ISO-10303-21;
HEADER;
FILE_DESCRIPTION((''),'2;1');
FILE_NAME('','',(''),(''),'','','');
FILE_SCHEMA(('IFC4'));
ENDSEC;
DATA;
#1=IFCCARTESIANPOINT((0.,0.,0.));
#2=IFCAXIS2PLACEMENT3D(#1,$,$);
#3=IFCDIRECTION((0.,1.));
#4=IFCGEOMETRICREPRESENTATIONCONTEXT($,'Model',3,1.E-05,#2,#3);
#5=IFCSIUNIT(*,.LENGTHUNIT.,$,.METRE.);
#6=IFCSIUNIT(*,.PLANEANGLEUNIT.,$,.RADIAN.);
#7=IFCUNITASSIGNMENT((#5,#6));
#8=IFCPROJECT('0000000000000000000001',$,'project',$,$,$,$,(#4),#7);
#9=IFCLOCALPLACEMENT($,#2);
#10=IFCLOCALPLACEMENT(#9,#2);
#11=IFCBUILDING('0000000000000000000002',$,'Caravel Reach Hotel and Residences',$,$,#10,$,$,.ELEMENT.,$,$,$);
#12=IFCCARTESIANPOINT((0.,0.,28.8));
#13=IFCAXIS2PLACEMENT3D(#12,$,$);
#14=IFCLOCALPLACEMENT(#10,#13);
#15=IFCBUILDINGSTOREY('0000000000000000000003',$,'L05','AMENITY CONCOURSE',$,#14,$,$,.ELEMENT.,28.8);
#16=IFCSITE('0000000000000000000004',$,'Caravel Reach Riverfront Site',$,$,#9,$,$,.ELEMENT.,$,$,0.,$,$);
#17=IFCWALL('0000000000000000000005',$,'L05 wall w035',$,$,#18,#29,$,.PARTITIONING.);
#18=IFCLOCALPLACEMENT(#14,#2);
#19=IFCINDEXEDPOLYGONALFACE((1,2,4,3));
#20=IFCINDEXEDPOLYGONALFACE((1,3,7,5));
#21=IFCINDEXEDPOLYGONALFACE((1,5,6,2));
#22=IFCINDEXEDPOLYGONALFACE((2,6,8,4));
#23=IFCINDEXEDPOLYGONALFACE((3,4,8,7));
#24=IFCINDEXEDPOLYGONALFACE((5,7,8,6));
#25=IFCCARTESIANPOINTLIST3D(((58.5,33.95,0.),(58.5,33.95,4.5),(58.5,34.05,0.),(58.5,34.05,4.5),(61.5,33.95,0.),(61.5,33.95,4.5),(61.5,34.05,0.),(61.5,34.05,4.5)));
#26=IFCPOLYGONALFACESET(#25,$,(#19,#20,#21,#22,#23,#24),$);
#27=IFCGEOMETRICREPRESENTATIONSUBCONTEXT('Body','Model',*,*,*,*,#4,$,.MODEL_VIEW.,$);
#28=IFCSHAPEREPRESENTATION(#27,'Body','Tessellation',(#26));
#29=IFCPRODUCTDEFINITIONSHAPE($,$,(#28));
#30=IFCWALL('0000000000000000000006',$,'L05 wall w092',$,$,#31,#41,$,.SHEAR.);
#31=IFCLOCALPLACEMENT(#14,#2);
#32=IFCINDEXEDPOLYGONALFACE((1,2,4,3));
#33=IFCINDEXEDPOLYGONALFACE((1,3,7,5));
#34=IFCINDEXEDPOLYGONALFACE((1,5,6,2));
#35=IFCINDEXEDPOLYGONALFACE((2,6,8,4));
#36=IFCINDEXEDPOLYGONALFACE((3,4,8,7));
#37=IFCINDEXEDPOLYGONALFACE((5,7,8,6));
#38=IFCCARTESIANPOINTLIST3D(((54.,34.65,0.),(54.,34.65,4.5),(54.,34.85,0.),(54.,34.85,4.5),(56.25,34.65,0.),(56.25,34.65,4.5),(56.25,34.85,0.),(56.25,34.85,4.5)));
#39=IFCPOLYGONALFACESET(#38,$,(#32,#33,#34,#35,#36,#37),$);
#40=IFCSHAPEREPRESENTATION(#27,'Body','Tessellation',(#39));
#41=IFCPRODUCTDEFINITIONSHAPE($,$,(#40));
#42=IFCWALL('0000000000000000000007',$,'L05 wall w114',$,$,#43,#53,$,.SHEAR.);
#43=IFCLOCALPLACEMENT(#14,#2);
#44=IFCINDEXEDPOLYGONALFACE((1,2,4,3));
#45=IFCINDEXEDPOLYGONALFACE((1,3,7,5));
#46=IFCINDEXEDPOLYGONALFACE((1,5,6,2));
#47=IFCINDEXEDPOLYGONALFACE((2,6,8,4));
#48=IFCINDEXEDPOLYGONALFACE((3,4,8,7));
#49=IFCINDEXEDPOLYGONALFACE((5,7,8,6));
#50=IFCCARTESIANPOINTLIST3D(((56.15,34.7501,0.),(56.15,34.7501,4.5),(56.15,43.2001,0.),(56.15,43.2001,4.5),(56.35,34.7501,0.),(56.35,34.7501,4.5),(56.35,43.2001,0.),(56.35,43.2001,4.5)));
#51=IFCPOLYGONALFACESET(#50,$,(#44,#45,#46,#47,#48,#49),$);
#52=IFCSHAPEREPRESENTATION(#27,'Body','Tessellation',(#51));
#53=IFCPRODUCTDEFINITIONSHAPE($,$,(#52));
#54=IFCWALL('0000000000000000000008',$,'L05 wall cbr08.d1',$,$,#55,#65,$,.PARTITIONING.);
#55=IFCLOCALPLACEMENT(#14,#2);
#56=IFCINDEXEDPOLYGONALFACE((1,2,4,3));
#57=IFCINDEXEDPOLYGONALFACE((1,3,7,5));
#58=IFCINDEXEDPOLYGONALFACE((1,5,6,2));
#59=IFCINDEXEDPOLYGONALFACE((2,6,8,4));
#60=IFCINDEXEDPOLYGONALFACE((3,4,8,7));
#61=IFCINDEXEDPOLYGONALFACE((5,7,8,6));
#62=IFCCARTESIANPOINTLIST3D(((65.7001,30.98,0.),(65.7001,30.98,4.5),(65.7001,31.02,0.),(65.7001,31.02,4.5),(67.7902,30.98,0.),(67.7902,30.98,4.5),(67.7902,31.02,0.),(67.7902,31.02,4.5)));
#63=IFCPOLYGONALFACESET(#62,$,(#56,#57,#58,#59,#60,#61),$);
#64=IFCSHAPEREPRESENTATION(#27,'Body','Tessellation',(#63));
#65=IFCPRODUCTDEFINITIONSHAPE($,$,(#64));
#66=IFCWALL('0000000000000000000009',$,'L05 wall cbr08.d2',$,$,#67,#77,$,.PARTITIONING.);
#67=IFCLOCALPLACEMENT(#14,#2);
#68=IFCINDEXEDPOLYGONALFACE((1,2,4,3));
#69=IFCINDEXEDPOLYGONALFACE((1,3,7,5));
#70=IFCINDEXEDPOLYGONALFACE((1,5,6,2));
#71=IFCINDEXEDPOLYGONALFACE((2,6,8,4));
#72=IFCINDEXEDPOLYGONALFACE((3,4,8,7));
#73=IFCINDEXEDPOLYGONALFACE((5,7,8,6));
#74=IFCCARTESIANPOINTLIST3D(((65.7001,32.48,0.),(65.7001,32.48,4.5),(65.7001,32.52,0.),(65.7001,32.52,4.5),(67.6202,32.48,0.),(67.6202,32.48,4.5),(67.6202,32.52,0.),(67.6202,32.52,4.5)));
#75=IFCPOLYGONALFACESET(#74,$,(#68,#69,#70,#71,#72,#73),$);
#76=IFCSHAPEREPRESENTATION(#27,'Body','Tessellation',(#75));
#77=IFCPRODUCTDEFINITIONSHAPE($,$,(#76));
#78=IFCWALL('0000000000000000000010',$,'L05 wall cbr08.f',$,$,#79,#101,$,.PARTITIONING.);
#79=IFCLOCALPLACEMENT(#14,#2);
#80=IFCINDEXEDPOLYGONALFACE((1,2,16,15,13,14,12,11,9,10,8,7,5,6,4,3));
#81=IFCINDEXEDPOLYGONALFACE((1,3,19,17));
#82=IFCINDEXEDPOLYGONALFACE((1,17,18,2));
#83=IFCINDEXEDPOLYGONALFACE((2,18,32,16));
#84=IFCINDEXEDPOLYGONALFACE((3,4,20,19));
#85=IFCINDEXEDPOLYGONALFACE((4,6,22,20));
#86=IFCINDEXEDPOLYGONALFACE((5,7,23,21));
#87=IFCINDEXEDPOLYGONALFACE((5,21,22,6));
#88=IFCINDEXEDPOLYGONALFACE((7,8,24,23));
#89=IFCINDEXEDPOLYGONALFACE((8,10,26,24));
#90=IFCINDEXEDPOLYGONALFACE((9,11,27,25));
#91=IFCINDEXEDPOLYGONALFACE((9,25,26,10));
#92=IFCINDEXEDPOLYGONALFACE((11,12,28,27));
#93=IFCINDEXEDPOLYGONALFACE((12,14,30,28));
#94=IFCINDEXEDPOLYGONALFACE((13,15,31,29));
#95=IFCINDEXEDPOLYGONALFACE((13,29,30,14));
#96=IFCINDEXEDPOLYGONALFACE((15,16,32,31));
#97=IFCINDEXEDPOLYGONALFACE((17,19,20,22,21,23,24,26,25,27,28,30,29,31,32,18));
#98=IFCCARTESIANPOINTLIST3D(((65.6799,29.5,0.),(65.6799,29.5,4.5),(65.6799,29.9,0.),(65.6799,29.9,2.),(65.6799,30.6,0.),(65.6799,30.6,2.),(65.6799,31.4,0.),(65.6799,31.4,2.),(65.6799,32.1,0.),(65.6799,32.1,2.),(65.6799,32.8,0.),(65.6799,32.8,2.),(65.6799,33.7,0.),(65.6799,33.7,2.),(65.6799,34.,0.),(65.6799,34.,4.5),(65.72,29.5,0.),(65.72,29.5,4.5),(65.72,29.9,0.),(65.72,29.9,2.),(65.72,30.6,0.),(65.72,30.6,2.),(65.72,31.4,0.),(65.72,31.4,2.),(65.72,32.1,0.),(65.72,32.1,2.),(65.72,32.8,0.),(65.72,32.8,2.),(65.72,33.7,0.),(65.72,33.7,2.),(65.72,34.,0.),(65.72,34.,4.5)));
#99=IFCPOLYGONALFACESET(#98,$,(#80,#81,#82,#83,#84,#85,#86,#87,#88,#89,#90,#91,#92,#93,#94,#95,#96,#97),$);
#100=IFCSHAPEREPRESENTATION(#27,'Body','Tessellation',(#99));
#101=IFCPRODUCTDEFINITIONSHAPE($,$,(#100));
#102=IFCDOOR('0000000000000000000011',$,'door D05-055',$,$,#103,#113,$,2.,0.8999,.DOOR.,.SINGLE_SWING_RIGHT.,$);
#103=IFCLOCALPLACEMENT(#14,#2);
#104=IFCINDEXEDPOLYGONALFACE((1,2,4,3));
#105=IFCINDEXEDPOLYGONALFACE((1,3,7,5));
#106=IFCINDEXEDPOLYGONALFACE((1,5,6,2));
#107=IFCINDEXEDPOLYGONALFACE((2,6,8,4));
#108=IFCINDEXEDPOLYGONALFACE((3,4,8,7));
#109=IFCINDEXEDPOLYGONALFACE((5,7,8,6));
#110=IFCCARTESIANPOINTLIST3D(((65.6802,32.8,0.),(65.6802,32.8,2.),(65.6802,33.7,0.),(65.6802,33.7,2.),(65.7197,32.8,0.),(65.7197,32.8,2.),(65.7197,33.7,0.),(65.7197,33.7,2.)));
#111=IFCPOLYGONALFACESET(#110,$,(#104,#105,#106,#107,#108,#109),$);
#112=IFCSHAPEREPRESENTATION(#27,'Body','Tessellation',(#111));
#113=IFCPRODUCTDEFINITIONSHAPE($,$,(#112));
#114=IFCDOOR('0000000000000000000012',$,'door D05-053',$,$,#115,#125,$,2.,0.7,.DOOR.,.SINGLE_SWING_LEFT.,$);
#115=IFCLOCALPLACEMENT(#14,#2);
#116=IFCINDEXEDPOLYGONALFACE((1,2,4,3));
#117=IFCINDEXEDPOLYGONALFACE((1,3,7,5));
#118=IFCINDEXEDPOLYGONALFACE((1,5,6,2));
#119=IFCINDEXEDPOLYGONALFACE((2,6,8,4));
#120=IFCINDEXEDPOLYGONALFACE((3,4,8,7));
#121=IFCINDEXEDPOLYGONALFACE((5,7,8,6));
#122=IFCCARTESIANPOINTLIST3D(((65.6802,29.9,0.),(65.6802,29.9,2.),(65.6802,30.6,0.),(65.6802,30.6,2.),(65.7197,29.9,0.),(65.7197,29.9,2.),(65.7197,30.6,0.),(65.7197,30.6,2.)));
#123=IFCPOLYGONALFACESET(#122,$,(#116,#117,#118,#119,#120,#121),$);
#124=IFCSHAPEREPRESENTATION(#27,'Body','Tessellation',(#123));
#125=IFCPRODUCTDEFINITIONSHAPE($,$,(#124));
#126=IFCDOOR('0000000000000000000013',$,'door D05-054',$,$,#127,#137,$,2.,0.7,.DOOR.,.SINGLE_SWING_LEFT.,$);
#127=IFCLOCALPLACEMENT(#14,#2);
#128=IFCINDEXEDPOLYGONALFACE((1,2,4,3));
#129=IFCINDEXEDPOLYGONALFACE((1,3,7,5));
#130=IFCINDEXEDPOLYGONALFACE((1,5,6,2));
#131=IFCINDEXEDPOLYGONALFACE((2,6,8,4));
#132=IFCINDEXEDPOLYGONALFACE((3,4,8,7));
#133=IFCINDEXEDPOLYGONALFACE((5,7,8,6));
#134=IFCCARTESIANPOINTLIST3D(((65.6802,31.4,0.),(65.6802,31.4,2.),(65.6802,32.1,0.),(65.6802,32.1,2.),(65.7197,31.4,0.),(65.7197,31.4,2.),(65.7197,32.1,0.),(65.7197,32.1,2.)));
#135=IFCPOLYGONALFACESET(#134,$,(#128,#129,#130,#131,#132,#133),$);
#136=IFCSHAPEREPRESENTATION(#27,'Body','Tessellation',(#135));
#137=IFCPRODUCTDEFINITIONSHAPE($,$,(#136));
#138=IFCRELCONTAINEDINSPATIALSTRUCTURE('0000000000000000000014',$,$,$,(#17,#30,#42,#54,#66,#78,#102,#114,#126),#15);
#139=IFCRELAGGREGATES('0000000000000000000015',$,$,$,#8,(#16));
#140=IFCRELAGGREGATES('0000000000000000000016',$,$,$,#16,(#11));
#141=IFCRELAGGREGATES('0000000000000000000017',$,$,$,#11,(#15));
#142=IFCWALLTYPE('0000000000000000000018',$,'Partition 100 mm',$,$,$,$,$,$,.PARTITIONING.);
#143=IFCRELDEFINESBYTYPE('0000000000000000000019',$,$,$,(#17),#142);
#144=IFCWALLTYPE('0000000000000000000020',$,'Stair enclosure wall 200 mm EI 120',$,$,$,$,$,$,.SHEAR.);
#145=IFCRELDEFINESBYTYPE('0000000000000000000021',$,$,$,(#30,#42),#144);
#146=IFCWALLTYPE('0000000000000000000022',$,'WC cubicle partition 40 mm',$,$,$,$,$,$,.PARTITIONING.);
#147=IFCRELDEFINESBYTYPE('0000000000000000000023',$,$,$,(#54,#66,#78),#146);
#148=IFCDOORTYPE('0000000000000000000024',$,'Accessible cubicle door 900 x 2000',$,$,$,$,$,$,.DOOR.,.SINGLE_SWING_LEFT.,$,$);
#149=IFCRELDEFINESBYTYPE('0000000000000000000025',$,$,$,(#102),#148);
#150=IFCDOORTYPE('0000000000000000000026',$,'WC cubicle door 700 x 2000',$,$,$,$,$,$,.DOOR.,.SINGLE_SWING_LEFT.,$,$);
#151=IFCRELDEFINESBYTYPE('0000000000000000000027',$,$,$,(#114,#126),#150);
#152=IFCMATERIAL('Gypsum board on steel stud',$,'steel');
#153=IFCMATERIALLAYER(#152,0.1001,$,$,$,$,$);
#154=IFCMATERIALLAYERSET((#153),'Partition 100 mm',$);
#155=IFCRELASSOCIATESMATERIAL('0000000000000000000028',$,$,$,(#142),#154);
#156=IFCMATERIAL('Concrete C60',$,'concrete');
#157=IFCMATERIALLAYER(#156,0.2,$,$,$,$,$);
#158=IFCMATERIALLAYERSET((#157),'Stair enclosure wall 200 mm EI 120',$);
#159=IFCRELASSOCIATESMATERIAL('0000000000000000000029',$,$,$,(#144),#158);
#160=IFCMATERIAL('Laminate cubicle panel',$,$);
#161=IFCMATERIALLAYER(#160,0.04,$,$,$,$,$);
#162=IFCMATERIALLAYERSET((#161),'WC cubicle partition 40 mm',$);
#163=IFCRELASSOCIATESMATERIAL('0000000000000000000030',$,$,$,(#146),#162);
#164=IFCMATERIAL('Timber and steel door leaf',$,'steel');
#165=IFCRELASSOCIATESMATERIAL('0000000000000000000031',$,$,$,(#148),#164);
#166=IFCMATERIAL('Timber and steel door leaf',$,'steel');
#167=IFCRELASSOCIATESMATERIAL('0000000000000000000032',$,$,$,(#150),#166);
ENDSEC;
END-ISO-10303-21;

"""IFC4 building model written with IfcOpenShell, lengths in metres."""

from ifc_helpers import new_model, si_unit, direction, frame, frame_2d, origin, place, context, subcontext, project, spatial, rectangle, extrude, material, layer, layer_set, type_object, element, fill, save


model = new_model("IFC4")

# Units and contexts
model_context = context("Model", 3, precision=1e-05, world=origin(), true_north=direction((0.0, 1.0)))
body_context = subcontext(model_context, "Body", "Model", "MODEL_VIEW")
ifc_project = project(units=[si_unit("LENGTHUNIT", "METRE"), si_unit("PLANEANGLEUNIT", "RADIAN")], contexts=[model_context])

# Site, building, storey
site_placement = place(None, origin())
site = spatial("IfcSite", under=ifc_project, at=site_placement, Name="Caravel Reach Riverfront Site", CompositionType="ELEMENT", RefElevation=0.0)
building_placement = place(site_placement, origin())
building = spatial("IfcBuilding", under=site, at=building_placement, Name="Caravel Reach Hotel and Residences", CompositionType="ELEMENT")
storey_placement = place(building_placement, frame((0.0, 0.0, 28.8)))
storey = spatial("IfcBuildingStorey", under=building, at=storey_placement, Name="L05", Description="AMENITY CONCOURSE", CompositionType="ELEMENT", Elevation=28.8)

# Walls
ifc_material_1 = material(Name="Gypsum board on steel stud", Category="steel")
ifc_layer_1 = layer(ifc_material_1, 0.1001)
ifc_layer_set_1 = layer_set([ifc_layer_1], Name="Partition 100 mm")
wall_type_1 = type_object("IfcWallType", Name="Partition 100 mm", PredefinedType="PARTITIONING", material=ifc_layer_set_1)
wall_1_placement = place(storey_placement, frame((58.5, 34.0, 0.0), z_axis=(0.0, 0.0, 1.0), x_axis=(1.0, 0.0, 0.0)))
element("IfcWall", 1, at=wall_1_placement, inside=storey, type_object=wall_type_1, Name="L05 wall w035", PredefinedType="PARTITIONING", context=body_context, shape_type="SweptSolid", body=[
    extrude(rectangle(XDim=3.0, YDim=0.1001, at=frame_2d((1.5, 0.0))), origin(), (0.0, 0.0, 1.0), 4.5),
])
ifc_material_2 = material(Name="Concrete C60", Category="concrete")
ifc_layer_2 = layer(ifc_material_2, 0.2)
ifc_layer_set_2 = layer_set([ifc_layer_2], Name="Stair enclosure wall 200 mm EI 120")
wall_type_2 = type_object("IfcWallType", Name="Stair enclosure wall 200 mm EI 120", PredefinedType="SHEAR", material=ifc_layer_set_2)
wall_2_placement = place(storey_placement, frame((54.0, 34.75, 0.0), z_axis=(0.0, 0.0, 1.0), x_axis=(1.0, 0.0, 0.0)))
element("IfcWall", 2, at=wall_2_placement, inside=storey, type_object=wall_type_2, Name="L05 wall w092", PredefinedType="SHEAR", context=body_context, shape_type="SweptSolid", body=[
    extrude(rectangle(XDim=2.25, YDim=0.2, at=frame_2d((1.125, 0.0))), origin(), (0.0, 0.0, 1.0), 4.5),
])
wall_3_placement = place(storey_placement, frame((56.25, 34.75, 0.0), z_axis=(0.0, 0.0, 1.0), x_axis=(0.0, 1.0, 0.0)))
element("IfcWall", 3, at=wall_3_placement, inside=storey, type_object=wall_type_2, Name="L05 wall w114", PredefinedType="SHEAR", context=body_context, shape_type="SweptSolid", body=[
    extrude(rectangle(XDim=8.45, YDim=0.2, at=frame_2d((4.2251, 0.0))), origin(), (0.0, 0.0, 1.0), 4.5),
])
ifc_material_3 = material(Name="Laminate cubicle panel")
ifc_layer_3 = layer(ifc_material_3, 0.04)
ifc_layer_set_3 = layer_set([ifc_layer_3], Name="WC cubicle partition 40 mm")
wall_type_3 = type_object("IfcWallType", Name="WC cubicle partition 40 mm", PredefinedType="PARTITIONING", material=ifc_layer_set_3)
wall_4_placement = place(storey_placement, frame((67.79, 31.0, 0.0), z_axis=(0.0, 0.0, 1.0), x_axis=(-1.0, 0.0, 0.0)))
element("IfcWall", 4, at=wall_4_placement, inside=storey, type_object=wall_type_3, Name="L05 wall cbr08.d1", PredefinedType="PARTITIONING", context=body_context, shape_type="SweptSolid", body=[
    extrude(rectangle(XDim=2.0901, YDim=0.04, at=frame_2d((1.0449, 0.0))), origin(), (0.0, 0.0, 1.0), 4.5),
])
wall_5_placement = place(storey_placement, frame((67.6201, 32.5, 0.0), z_axis=(0.0, 0.0, 1.0), x_axis=(-1.0, 0.0, 0.0)))
element("IfcWall", 5, at=wall_5_placement, inside=storey, type_object=wall_type_3, Name="L05 wall cbr08.d2", PredefinedType="PARTITIONING", context=body_context, shape_type="SweptSolid", body=[
    extrude(rectangle(XDim=1.9202, YDim=0.04, at=frame_2d((0.96, 0.0))), origin(), (0.0, 0.0, 1.0), 4.5),
])

# Wall, openings, doors
wall_6_placement = place(storey_placement, frame((65.7, 29.5, 0.0), z_axis=(0.0, 0.0, 1.0), x_axis=(0.0, 1.0, 0.0)))
wall_6 = element("IfcWall", 6, at=wall_6_placement, inside=storey, type_object=wall_type_3, Name="L05 wall cbr08.f", PredefinedType="PARTITIONING", context=body_context, shape_type="SweptSolid", body=[
    extrude(rectangle(XDim=4.5, YDim=0.04, at=frame_2d((2.25, 0.0))), origin(), (0.0, 0.0, 1.0), 4.5),
])
opening_1_placement = place(wall_6_placement, frame((0.3999, 0.0, 0.0)))
opening_1 = element("IfcOpeningElement", 7, at=opening_1_placement, cuts=wall_6, PredefinedType="OPENING", context=body_context, shape_type="SweptSolid", body=[
    extrude(rectangle(XDim=0.7, YDim=2.0, at=frame_2d((0.3501, 1.0))), frame((0.0, 0.03, 0.0), z_axis=(0.0, -1.0, 0.0), x_axis=(1.0, 0.0, 0.0)), (0.0, 0.0, 1.0), 0.0601),
])
opening_2_placement = place(wall_6_placement, frame((1.8999, 0.0, 0.0)))
opening_2 = element("IfcOpeningElement", 8, at=opening_2_placement, cuts=wall_6, PredefinedType="OPENING", context=body_context, shape_type="SweptSolid", body=[
    extrude(rectangle(XDim=0.7, YDim=2.0, at=frame_2d((0.3501, 1.0))), frame((0.0, 0.03, 0.0), z_axis=(0.0, -1.0, 0.0), x_axis=(1.0, 0.0, 0.0)), (0.0, 0.0, 1.0), 0.0601),
])
opening_3_placement = place(wall_6_placement, frame((3.3, 0.0, 0.0)))
opening_3 = element("IfcOpeningElement", 9, at=opening_3_placement, cuts=wall_6, PredefinedType="OPENING", context=body_context, shape_type="SweptSolid", body=[
    extrude(rectangle(XDim=0.8999, YDim=2.0, at=frame_2d((0.45, 1.0))), frame((0.0, 0.03, 0.0), z_axis=(0.0, -1.0, 0.0), x_axis=(1.0, 0.0, 0.0)), (0.0, 0.0, 1.0), 0.0601),
])
ifc_material_4 = material(Name="Timber and steel door leaf", Category="steel")
door_type_1 = type_object("IfcDoorType", Name="Accessible cubicle door 900 x 2000", OperationType="SINGLE_SWING_LEFT", PredefinedType="DOOR", material=ifc_material_4)
door_1_placement = place(opening_3_placement, origin())
door_1 = element("IfcDoor", 10, at=door_1_placement, inside=storey, type_object=door_type_1, Name="door D05-055", OperationType="SINGLE_SWING_RIGHT", OverallHeight=2.0, OverallWidth=0.8999, PredefinedType="DOOR", context=body_context, shape_type="SweptSolid", body=[
    extrude(rectangle(XDim=0.8999, YDim=2.0, at=frame_2d((0.45, 1.0))), frame((0.0, 0.0198, 0.0), z_axis=(0.0, -1.0, 0.0), x_axis=(1.0, 0.0, 0.0)), (0.0, 0.0, 1.0), 0.0396),
])
fill(opening_3, door_1)
ifc_material_5 = material(Name="Timber and steel door leaf", Category="steel")
door_type_2 = type_object("IfcDoorType", Name="WC cubicle door 700 x 2000", OperationType="SINGLE_SWING_LEFT", PredefinedType="DOOR", material=ifc_material_5)
door_2_placement = place(opening_1_placement, origin())
door_2 = element("IfcDoor", 11, at=door_2_placement, inside=storey, type_object=door_type_2, Name="door D05-053", OperationType="SINGLE_SWING_LEFT", OverallHeight=2.0, OverallWidth=0.7, PredefinedType="DOOR", context=body_context, shape_type="SweptSolid", body=[
    extrude(rectangle(XDim=0.7, YDim=2.0, at=frame_2d((0.3501, 1.0))), frame((0.0, 0.0198, 0.0), z_axis=(0.0, -1.0, 0.0), x_axis=(1.0, 0.0, 0.0)), (0.0, 0.0, 1.0), 0.0396),
])
fill(opening_1, door_2)
door_3_placement = place(opening_2_placement, origin())
door_3 = element("IfcDoor", 12, at=door_3_placement, inside=storey, type_object=door_type_2, Name="door D05-054", OperationType="SINGLE_SWING_LEFT", OverallHeight=2.0, OverallWidth=0.7, PredefinedType="DOOR", context=body_context, shape_type="SweptSolid", body=[
    extrude(rectangle(XDim=0.7, YDim=2.0, at=frame_2d((0.3501, 1.0))), frame((0.0, 0.0198, 0.0), z_axis=(0.0, -1.0, 0.0), x_axis=(1.0, 0.0, 0.0)), (0.0, 0.0, 1.0), 0.0396),
])
fill(opening_2, door_3)

save(model, "model.ifc")
